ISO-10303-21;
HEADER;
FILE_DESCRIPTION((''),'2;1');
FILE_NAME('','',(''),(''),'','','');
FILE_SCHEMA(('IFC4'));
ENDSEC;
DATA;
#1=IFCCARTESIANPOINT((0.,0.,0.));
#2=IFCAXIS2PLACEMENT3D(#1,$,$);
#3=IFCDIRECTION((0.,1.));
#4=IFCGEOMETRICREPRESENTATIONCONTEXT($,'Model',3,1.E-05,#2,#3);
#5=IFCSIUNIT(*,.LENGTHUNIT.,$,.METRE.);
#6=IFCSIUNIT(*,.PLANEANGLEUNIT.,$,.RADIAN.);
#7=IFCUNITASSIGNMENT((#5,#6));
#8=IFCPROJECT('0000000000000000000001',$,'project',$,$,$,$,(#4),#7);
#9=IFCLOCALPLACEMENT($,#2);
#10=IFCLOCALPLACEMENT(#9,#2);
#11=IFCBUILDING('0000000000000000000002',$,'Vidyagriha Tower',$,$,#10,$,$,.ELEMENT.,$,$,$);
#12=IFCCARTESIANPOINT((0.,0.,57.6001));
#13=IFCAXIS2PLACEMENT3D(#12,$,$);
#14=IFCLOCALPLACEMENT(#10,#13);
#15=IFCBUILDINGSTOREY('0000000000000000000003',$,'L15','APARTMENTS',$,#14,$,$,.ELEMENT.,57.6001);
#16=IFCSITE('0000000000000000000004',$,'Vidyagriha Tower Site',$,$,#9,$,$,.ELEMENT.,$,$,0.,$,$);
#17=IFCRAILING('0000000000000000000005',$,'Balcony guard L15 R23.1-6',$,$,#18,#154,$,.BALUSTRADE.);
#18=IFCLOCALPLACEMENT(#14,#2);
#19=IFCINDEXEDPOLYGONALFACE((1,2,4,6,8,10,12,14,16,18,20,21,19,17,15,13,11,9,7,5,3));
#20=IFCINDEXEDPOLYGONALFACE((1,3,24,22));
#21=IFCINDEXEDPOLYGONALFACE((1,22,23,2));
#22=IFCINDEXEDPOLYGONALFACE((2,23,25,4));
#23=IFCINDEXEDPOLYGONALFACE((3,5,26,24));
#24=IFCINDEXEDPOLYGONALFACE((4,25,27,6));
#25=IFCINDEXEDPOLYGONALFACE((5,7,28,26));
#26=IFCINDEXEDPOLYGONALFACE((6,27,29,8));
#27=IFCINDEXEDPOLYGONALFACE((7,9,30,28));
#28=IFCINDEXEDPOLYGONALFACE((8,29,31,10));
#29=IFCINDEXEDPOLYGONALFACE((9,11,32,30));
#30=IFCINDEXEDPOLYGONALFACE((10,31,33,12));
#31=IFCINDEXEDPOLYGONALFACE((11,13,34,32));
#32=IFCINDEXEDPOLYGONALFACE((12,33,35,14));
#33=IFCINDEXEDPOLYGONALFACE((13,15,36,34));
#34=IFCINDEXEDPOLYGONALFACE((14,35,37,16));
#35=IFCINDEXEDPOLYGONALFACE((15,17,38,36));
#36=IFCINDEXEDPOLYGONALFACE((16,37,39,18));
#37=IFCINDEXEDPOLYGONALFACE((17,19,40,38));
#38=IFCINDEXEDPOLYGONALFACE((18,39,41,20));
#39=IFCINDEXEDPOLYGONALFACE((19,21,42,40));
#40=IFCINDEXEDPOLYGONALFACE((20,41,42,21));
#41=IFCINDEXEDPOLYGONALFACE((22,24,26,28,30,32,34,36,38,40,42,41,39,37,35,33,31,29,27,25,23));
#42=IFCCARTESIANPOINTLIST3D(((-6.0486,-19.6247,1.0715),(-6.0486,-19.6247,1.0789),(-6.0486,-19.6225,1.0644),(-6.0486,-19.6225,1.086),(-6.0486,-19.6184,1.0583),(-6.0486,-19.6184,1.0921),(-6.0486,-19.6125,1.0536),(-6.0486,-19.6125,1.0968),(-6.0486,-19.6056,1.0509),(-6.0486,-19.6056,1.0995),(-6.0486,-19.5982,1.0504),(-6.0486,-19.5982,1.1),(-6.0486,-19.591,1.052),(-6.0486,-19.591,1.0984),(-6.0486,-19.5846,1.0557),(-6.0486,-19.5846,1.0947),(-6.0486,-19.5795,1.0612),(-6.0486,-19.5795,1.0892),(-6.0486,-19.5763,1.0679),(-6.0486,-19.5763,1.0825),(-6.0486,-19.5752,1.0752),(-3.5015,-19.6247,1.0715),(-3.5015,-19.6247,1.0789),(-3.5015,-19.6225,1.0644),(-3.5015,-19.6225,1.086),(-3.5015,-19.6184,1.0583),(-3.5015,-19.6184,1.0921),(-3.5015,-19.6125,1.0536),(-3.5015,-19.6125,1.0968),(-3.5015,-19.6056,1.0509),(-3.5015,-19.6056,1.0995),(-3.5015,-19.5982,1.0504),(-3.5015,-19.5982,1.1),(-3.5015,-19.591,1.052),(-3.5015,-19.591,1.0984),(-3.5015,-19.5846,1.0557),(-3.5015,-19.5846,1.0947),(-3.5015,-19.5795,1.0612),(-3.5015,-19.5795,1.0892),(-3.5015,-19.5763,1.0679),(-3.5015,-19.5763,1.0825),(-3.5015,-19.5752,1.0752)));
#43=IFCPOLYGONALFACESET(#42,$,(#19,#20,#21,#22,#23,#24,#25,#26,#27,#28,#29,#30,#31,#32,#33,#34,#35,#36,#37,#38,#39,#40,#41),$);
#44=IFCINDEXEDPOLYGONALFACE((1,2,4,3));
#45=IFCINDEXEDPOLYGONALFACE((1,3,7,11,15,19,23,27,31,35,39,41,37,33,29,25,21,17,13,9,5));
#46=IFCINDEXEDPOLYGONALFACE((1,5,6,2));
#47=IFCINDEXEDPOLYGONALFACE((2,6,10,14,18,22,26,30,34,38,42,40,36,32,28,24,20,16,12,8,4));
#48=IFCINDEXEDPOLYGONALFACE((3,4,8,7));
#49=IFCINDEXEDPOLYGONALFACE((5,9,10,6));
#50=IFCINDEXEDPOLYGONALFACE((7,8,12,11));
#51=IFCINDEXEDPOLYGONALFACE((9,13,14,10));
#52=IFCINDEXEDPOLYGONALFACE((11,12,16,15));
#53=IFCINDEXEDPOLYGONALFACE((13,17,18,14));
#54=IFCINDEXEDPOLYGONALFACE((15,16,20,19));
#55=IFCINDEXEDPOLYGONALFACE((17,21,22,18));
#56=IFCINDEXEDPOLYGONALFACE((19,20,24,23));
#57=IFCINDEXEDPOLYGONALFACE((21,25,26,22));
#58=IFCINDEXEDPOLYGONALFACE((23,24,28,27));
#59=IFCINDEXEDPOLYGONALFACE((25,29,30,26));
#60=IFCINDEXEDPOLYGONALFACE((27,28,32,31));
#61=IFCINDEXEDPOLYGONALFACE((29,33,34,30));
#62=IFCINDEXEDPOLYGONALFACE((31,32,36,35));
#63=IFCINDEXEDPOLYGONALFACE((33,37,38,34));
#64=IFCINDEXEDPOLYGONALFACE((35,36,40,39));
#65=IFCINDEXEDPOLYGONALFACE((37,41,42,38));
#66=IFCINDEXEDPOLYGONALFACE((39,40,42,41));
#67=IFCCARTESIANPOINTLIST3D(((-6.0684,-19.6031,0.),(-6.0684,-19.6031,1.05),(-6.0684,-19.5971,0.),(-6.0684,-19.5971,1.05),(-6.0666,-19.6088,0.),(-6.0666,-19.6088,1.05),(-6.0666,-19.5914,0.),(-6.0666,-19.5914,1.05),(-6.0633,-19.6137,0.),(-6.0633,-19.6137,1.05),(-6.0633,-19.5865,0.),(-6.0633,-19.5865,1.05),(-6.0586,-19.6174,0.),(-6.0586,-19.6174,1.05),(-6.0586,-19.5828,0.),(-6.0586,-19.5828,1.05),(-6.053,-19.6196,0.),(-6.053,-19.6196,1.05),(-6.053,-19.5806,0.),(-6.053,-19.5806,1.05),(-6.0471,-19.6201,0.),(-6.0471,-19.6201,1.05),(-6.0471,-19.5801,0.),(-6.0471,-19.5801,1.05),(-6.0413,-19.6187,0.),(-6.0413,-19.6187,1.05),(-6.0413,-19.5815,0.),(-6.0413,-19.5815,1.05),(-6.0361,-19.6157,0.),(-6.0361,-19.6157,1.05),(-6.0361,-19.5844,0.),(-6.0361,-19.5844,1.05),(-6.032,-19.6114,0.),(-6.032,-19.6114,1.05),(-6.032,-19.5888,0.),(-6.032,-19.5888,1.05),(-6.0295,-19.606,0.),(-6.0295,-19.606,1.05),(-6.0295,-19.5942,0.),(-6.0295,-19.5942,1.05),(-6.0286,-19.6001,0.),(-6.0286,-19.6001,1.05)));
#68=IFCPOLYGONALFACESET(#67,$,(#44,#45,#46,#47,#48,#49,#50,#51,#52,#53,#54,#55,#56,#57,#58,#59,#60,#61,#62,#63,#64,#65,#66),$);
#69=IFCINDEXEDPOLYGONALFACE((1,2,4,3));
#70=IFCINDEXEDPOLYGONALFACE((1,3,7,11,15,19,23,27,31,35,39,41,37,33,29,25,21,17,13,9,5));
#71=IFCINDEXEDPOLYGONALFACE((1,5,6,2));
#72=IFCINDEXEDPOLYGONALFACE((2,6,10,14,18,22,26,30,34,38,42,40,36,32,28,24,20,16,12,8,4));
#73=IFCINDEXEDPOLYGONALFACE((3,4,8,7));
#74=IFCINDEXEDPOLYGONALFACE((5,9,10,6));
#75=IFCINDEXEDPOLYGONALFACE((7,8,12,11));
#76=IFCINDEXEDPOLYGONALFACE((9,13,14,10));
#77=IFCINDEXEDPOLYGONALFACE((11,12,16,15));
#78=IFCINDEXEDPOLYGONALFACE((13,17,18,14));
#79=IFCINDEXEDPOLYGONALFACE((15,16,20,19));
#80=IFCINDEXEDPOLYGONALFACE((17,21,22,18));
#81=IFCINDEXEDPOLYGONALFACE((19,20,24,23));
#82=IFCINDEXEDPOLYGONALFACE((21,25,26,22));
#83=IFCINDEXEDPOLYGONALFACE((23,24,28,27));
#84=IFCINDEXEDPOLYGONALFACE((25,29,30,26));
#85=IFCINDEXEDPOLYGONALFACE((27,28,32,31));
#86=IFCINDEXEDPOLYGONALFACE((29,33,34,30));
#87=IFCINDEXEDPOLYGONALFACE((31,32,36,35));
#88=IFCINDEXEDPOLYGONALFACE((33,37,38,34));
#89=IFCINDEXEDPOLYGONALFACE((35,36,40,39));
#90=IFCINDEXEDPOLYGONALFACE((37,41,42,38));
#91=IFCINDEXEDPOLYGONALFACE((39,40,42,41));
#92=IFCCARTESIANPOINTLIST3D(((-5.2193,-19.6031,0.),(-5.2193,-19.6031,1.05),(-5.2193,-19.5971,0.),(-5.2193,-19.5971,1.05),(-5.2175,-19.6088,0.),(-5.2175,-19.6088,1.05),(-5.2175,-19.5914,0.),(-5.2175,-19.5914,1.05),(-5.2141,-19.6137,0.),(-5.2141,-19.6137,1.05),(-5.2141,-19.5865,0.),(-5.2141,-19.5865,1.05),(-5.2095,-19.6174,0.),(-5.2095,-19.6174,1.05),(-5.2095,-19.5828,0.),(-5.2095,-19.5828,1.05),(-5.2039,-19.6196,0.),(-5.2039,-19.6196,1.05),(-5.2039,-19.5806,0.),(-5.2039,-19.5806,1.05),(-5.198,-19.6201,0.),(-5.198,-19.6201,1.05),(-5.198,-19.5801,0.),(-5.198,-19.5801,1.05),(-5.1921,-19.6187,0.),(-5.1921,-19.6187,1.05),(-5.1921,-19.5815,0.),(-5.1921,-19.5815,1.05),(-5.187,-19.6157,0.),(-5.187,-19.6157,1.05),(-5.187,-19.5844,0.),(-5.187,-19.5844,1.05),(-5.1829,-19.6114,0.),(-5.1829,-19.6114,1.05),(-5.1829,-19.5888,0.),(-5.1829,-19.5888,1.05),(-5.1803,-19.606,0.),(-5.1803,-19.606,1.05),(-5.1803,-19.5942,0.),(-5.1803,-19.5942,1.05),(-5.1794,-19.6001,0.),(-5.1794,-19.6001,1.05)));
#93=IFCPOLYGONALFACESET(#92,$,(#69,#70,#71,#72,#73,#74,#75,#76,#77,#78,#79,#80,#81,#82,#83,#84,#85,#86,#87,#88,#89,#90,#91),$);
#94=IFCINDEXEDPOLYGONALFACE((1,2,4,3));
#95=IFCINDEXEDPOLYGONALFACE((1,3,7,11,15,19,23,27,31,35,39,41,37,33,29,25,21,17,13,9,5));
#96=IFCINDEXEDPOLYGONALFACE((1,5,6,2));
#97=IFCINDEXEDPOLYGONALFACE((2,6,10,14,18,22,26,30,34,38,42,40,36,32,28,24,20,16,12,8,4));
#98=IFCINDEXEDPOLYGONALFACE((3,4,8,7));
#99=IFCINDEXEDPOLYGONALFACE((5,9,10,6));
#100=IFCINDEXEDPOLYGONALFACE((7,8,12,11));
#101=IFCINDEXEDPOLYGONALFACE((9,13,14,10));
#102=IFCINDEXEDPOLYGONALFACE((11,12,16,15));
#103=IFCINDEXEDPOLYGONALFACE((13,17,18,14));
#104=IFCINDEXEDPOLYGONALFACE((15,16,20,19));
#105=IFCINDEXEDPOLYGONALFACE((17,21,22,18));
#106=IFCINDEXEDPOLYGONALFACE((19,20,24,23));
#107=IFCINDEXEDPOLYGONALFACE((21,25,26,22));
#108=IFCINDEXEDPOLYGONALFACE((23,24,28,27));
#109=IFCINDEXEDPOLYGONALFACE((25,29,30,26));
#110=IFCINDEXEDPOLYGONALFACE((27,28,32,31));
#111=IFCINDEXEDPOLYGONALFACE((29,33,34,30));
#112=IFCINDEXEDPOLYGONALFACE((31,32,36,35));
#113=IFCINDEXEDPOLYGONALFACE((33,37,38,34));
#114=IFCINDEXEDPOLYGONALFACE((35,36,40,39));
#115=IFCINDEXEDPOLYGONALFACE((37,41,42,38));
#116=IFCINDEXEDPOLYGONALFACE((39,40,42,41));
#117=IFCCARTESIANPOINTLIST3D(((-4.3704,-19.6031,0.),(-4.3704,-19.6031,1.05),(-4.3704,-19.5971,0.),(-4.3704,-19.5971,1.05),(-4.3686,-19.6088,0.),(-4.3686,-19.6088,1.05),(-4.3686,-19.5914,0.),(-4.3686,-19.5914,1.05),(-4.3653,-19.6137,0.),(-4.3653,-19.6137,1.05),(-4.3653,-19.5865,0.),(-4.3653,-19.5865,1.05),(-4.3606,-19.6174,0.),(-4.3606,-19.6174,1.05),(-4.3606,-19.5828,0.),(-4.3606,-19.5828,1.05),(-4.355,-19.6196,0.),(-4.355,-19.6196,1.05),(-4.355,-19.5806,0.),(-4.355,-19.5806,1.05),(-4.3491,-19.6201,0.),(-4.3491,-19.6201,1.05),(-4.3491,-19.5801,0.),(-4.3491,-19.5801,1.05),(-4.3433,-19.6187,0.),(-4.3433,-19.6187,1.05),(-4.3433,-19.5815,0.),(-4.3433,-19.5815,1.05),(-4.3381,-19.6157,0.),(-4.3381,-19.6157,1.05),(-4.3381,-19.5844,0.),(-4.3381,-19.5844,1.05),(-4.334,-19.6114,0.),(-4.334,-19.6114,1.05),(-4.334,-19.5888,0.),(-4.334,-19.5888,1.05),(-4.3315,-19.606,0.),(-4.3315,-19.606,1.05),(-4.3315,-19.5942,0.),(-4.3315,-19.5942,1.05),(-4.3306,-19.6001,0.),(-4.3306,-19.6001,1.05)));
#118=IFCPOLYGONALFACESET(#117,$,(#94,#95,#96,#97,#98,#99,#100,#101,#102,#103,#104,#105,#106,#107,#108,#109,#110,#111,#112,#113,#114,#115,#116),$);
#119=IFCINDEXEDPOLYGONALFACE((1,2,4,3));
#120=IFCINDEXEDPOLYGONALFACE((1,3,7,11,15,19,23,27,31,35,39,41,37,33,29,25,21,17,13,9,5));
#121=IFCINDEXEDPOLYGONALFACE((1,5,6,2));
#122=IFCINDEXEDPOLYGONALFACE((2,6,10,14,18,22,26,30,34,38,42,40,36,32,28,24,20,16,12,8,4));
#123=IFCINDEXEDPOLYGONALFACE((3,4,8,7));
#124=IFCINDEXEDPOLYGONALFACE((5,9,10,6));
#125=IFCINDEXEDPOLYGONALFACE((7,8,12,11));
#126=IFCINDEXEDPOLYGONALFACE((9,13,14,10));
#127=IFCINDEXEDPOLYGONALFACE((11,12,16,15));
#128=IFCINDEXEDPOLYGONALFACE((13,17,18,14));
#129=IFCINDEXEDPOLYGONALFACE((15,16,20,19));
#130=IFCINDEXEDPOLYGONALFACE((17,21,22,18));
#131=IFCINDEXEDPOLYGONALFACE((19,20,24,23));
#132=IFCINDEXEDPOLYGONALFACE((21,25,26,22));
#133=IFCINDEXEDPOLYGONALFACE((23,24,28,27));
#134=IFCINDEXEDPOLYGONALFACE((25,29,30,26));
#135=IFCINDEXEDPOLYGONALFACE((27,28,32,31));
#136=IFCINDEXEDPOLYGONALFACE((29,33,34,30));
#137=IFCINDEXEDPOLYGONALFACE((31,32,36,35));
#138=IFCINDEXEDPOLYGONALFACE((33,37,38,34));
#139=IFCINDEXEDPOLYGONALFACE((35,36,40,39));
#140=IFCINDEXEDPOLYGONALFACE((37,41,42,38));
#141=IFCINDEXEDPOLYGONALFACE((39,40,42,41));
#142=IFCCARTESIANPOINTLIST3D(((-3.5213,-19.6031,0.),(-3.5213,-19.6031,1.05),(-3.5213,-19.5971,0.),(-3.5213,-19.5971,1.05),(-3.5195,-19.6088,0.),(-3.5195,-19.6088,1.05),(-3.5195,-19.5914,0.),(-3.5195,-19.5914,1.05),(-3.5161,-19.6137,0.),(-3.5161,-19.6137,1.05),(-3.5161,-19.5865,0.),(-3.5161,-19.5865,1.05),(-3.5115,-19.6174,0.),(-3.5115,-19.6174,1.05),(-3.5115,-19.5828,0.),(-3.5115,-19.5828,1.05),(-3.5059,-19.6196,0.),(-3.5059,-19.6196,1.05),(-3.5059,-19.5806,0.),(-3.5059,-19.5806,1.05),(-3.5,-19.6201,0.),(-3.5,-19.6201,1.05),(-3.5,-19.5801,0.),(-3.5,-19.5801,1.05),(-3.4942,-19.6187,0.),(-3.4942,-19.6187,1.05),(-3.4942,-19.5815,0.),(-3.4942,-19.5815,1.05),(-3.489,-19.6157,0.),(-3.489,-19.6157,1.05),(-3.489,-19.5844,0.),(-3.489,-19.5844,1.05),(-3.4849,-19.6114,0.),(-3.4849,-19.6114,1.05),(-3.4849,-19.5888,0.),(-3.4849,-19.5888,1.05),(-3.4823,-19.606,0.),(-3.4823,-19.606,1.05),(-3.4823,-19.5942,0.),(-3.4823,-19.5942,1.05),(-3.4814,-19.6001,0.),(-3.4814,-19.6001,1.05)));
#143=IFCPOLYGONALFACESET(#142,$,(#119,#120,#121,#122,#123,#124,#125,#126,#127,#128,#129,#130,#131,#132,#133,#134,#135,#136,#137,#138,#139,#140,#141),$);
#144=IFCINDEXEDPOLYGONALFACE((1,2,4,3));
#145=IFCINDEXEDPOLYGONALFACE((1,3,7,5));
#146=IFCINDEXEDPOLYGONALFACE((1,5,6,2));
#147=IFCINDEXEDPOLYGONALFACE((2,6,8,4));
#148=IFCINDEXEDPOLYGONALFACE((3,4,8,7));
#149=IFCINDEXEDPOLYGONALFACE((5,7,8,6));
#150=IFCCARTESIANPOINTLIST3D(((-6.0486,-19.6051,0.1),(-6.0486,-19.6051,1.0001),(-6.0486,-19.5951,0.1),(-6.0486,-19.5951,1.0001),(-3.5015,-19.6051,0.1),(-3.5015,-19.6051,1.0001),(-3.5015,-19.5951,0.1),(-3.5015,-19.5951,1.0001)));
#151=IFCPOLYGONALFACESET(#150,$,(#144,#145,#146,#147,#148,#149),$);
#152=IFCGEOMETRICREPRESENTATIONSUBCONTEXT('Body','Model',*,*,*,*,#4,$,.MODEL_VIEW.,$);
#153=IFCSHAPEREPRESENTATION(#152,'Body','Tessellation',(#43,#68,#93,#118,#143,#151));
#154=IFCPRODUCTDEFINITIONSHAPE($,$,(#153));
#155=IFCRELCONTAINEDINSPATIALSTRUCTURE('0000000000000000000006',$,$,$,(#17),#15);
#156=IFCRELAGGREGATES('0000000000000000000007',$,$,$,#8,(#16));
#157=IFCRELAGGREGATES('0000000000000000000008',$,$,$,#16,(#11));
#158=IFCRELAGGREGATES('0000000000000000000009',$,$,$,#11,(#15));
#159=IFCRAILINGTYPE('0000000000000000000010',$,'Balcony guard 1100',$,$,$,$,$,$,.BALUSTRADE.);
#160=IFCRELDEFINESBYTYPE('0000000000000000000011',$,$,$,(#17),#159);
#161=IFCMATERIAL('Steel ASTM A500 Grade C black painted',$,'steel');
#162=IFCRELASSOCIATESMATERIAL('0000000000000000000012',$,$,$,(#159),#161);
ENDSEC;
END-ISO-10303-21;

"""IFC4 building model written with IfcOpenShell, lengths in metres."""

from ifc_helpers import new_model, si_unit, direction, frame, origin, origin_2d, place, context, subcontext, project, spatial, rectangle, circle, extrude, material, type_object, element, save


model = new_model("IFC4")

# Units and contexts
model_context = context("Model", 3, precision=1e-05, world=origin(), true_north=direction((0.0, 1.0)))
body_context = subcontext(model_context, "Body", "Model", "MODEL_VIEW")
ifc_project = project(units=[si_unit("LENGTHUNIT", "METRE"), si_unit("PLANEANGLEUNIT", "RADIAN")], contexts=[model_context])

# Site, building, storey
site_placement = place(None, origin())
site = spatial("IfcSite", under=ifc_project, at=site_placement, Name="Vidyagriha Tower Site", CompositionType="ELEMENT", RefElevation=0.0)
building_placement = place(site_placement, origin())
building = spatial("IfcBuilding", under=site, at=building_placement, Name="Vidyagriha Tower", CompositionType="ELEMENT")
storey_placement = place(building_placement, frame((0.0, 0.0, 57.6001)))
storey = spatial("IfcBuildingStorey", under=building, at=storey_placement, Name="L15", Description="APARTMENTS", CompositionType="ELEMENT", Elevation=57.6001)

# Railing
ifc_material_1 = material(Name="Steel ASTM A500 Grade C black painted", Category="steel")
railing_type = type_object("IfcRailingType", Name="Balcony guard 1100", PredefinedType="BALUSTRADE", material=ifc_material_1)
railing_1_placement = place(storey_placement, frame((-6.0486, -19.6001, 0.0)))
element("IfcRailing", 1, at=railing_1_placement, inside=storey, type_object=railing_type, Name="Balcony guard L15 R23.1-6", PredefinedType="BALUSTRADE", context=body_context, shape_type="SweptSolid", body=[
    extrude(circle(Radius=0.0249, at=origin_2d()), frame((0.0, 0.0, 1.0752), z_axis=(1.0, 0.0, 0.0), x_axis=(0.0, 1.0, 0.0)), (0.0, 0.0, 1.0), 2.5471),
    extrude(circle(Radius=0.02, at=origin_2d()), origin(), (0.0, 0.0, 1.0), 1.05),
    extrude(circle(Radius=0.02, at=origin_2d()), frame((0.8491, 0.0, 0.0)), (0.0, 0.0, 1.0), 1.05),
    extrude(circle(Radius=0.02, at=origin_2d()), frame((1.698, 0.0, 0.0)), (0.0, 0.0, 1.0), 1.05),
    extrude(circle(Radius=0.02, at=origin_2d()), frame((2.5471, 0.0, 0.0)), (0.0, 0.0, 1.0), 1.05),
    extrude(rectangle(XDim=0.01, YDim=0.9001, at=origin_2d()), frame((0.0, 0.0, 0.55), z_axis=(1.0, 0.0, 0.0), x_axis=(0.0, 1.0, 0.0)), (0.0, 0.0, 1.0), 2.5471),
])

save(model, "model.ifc")
